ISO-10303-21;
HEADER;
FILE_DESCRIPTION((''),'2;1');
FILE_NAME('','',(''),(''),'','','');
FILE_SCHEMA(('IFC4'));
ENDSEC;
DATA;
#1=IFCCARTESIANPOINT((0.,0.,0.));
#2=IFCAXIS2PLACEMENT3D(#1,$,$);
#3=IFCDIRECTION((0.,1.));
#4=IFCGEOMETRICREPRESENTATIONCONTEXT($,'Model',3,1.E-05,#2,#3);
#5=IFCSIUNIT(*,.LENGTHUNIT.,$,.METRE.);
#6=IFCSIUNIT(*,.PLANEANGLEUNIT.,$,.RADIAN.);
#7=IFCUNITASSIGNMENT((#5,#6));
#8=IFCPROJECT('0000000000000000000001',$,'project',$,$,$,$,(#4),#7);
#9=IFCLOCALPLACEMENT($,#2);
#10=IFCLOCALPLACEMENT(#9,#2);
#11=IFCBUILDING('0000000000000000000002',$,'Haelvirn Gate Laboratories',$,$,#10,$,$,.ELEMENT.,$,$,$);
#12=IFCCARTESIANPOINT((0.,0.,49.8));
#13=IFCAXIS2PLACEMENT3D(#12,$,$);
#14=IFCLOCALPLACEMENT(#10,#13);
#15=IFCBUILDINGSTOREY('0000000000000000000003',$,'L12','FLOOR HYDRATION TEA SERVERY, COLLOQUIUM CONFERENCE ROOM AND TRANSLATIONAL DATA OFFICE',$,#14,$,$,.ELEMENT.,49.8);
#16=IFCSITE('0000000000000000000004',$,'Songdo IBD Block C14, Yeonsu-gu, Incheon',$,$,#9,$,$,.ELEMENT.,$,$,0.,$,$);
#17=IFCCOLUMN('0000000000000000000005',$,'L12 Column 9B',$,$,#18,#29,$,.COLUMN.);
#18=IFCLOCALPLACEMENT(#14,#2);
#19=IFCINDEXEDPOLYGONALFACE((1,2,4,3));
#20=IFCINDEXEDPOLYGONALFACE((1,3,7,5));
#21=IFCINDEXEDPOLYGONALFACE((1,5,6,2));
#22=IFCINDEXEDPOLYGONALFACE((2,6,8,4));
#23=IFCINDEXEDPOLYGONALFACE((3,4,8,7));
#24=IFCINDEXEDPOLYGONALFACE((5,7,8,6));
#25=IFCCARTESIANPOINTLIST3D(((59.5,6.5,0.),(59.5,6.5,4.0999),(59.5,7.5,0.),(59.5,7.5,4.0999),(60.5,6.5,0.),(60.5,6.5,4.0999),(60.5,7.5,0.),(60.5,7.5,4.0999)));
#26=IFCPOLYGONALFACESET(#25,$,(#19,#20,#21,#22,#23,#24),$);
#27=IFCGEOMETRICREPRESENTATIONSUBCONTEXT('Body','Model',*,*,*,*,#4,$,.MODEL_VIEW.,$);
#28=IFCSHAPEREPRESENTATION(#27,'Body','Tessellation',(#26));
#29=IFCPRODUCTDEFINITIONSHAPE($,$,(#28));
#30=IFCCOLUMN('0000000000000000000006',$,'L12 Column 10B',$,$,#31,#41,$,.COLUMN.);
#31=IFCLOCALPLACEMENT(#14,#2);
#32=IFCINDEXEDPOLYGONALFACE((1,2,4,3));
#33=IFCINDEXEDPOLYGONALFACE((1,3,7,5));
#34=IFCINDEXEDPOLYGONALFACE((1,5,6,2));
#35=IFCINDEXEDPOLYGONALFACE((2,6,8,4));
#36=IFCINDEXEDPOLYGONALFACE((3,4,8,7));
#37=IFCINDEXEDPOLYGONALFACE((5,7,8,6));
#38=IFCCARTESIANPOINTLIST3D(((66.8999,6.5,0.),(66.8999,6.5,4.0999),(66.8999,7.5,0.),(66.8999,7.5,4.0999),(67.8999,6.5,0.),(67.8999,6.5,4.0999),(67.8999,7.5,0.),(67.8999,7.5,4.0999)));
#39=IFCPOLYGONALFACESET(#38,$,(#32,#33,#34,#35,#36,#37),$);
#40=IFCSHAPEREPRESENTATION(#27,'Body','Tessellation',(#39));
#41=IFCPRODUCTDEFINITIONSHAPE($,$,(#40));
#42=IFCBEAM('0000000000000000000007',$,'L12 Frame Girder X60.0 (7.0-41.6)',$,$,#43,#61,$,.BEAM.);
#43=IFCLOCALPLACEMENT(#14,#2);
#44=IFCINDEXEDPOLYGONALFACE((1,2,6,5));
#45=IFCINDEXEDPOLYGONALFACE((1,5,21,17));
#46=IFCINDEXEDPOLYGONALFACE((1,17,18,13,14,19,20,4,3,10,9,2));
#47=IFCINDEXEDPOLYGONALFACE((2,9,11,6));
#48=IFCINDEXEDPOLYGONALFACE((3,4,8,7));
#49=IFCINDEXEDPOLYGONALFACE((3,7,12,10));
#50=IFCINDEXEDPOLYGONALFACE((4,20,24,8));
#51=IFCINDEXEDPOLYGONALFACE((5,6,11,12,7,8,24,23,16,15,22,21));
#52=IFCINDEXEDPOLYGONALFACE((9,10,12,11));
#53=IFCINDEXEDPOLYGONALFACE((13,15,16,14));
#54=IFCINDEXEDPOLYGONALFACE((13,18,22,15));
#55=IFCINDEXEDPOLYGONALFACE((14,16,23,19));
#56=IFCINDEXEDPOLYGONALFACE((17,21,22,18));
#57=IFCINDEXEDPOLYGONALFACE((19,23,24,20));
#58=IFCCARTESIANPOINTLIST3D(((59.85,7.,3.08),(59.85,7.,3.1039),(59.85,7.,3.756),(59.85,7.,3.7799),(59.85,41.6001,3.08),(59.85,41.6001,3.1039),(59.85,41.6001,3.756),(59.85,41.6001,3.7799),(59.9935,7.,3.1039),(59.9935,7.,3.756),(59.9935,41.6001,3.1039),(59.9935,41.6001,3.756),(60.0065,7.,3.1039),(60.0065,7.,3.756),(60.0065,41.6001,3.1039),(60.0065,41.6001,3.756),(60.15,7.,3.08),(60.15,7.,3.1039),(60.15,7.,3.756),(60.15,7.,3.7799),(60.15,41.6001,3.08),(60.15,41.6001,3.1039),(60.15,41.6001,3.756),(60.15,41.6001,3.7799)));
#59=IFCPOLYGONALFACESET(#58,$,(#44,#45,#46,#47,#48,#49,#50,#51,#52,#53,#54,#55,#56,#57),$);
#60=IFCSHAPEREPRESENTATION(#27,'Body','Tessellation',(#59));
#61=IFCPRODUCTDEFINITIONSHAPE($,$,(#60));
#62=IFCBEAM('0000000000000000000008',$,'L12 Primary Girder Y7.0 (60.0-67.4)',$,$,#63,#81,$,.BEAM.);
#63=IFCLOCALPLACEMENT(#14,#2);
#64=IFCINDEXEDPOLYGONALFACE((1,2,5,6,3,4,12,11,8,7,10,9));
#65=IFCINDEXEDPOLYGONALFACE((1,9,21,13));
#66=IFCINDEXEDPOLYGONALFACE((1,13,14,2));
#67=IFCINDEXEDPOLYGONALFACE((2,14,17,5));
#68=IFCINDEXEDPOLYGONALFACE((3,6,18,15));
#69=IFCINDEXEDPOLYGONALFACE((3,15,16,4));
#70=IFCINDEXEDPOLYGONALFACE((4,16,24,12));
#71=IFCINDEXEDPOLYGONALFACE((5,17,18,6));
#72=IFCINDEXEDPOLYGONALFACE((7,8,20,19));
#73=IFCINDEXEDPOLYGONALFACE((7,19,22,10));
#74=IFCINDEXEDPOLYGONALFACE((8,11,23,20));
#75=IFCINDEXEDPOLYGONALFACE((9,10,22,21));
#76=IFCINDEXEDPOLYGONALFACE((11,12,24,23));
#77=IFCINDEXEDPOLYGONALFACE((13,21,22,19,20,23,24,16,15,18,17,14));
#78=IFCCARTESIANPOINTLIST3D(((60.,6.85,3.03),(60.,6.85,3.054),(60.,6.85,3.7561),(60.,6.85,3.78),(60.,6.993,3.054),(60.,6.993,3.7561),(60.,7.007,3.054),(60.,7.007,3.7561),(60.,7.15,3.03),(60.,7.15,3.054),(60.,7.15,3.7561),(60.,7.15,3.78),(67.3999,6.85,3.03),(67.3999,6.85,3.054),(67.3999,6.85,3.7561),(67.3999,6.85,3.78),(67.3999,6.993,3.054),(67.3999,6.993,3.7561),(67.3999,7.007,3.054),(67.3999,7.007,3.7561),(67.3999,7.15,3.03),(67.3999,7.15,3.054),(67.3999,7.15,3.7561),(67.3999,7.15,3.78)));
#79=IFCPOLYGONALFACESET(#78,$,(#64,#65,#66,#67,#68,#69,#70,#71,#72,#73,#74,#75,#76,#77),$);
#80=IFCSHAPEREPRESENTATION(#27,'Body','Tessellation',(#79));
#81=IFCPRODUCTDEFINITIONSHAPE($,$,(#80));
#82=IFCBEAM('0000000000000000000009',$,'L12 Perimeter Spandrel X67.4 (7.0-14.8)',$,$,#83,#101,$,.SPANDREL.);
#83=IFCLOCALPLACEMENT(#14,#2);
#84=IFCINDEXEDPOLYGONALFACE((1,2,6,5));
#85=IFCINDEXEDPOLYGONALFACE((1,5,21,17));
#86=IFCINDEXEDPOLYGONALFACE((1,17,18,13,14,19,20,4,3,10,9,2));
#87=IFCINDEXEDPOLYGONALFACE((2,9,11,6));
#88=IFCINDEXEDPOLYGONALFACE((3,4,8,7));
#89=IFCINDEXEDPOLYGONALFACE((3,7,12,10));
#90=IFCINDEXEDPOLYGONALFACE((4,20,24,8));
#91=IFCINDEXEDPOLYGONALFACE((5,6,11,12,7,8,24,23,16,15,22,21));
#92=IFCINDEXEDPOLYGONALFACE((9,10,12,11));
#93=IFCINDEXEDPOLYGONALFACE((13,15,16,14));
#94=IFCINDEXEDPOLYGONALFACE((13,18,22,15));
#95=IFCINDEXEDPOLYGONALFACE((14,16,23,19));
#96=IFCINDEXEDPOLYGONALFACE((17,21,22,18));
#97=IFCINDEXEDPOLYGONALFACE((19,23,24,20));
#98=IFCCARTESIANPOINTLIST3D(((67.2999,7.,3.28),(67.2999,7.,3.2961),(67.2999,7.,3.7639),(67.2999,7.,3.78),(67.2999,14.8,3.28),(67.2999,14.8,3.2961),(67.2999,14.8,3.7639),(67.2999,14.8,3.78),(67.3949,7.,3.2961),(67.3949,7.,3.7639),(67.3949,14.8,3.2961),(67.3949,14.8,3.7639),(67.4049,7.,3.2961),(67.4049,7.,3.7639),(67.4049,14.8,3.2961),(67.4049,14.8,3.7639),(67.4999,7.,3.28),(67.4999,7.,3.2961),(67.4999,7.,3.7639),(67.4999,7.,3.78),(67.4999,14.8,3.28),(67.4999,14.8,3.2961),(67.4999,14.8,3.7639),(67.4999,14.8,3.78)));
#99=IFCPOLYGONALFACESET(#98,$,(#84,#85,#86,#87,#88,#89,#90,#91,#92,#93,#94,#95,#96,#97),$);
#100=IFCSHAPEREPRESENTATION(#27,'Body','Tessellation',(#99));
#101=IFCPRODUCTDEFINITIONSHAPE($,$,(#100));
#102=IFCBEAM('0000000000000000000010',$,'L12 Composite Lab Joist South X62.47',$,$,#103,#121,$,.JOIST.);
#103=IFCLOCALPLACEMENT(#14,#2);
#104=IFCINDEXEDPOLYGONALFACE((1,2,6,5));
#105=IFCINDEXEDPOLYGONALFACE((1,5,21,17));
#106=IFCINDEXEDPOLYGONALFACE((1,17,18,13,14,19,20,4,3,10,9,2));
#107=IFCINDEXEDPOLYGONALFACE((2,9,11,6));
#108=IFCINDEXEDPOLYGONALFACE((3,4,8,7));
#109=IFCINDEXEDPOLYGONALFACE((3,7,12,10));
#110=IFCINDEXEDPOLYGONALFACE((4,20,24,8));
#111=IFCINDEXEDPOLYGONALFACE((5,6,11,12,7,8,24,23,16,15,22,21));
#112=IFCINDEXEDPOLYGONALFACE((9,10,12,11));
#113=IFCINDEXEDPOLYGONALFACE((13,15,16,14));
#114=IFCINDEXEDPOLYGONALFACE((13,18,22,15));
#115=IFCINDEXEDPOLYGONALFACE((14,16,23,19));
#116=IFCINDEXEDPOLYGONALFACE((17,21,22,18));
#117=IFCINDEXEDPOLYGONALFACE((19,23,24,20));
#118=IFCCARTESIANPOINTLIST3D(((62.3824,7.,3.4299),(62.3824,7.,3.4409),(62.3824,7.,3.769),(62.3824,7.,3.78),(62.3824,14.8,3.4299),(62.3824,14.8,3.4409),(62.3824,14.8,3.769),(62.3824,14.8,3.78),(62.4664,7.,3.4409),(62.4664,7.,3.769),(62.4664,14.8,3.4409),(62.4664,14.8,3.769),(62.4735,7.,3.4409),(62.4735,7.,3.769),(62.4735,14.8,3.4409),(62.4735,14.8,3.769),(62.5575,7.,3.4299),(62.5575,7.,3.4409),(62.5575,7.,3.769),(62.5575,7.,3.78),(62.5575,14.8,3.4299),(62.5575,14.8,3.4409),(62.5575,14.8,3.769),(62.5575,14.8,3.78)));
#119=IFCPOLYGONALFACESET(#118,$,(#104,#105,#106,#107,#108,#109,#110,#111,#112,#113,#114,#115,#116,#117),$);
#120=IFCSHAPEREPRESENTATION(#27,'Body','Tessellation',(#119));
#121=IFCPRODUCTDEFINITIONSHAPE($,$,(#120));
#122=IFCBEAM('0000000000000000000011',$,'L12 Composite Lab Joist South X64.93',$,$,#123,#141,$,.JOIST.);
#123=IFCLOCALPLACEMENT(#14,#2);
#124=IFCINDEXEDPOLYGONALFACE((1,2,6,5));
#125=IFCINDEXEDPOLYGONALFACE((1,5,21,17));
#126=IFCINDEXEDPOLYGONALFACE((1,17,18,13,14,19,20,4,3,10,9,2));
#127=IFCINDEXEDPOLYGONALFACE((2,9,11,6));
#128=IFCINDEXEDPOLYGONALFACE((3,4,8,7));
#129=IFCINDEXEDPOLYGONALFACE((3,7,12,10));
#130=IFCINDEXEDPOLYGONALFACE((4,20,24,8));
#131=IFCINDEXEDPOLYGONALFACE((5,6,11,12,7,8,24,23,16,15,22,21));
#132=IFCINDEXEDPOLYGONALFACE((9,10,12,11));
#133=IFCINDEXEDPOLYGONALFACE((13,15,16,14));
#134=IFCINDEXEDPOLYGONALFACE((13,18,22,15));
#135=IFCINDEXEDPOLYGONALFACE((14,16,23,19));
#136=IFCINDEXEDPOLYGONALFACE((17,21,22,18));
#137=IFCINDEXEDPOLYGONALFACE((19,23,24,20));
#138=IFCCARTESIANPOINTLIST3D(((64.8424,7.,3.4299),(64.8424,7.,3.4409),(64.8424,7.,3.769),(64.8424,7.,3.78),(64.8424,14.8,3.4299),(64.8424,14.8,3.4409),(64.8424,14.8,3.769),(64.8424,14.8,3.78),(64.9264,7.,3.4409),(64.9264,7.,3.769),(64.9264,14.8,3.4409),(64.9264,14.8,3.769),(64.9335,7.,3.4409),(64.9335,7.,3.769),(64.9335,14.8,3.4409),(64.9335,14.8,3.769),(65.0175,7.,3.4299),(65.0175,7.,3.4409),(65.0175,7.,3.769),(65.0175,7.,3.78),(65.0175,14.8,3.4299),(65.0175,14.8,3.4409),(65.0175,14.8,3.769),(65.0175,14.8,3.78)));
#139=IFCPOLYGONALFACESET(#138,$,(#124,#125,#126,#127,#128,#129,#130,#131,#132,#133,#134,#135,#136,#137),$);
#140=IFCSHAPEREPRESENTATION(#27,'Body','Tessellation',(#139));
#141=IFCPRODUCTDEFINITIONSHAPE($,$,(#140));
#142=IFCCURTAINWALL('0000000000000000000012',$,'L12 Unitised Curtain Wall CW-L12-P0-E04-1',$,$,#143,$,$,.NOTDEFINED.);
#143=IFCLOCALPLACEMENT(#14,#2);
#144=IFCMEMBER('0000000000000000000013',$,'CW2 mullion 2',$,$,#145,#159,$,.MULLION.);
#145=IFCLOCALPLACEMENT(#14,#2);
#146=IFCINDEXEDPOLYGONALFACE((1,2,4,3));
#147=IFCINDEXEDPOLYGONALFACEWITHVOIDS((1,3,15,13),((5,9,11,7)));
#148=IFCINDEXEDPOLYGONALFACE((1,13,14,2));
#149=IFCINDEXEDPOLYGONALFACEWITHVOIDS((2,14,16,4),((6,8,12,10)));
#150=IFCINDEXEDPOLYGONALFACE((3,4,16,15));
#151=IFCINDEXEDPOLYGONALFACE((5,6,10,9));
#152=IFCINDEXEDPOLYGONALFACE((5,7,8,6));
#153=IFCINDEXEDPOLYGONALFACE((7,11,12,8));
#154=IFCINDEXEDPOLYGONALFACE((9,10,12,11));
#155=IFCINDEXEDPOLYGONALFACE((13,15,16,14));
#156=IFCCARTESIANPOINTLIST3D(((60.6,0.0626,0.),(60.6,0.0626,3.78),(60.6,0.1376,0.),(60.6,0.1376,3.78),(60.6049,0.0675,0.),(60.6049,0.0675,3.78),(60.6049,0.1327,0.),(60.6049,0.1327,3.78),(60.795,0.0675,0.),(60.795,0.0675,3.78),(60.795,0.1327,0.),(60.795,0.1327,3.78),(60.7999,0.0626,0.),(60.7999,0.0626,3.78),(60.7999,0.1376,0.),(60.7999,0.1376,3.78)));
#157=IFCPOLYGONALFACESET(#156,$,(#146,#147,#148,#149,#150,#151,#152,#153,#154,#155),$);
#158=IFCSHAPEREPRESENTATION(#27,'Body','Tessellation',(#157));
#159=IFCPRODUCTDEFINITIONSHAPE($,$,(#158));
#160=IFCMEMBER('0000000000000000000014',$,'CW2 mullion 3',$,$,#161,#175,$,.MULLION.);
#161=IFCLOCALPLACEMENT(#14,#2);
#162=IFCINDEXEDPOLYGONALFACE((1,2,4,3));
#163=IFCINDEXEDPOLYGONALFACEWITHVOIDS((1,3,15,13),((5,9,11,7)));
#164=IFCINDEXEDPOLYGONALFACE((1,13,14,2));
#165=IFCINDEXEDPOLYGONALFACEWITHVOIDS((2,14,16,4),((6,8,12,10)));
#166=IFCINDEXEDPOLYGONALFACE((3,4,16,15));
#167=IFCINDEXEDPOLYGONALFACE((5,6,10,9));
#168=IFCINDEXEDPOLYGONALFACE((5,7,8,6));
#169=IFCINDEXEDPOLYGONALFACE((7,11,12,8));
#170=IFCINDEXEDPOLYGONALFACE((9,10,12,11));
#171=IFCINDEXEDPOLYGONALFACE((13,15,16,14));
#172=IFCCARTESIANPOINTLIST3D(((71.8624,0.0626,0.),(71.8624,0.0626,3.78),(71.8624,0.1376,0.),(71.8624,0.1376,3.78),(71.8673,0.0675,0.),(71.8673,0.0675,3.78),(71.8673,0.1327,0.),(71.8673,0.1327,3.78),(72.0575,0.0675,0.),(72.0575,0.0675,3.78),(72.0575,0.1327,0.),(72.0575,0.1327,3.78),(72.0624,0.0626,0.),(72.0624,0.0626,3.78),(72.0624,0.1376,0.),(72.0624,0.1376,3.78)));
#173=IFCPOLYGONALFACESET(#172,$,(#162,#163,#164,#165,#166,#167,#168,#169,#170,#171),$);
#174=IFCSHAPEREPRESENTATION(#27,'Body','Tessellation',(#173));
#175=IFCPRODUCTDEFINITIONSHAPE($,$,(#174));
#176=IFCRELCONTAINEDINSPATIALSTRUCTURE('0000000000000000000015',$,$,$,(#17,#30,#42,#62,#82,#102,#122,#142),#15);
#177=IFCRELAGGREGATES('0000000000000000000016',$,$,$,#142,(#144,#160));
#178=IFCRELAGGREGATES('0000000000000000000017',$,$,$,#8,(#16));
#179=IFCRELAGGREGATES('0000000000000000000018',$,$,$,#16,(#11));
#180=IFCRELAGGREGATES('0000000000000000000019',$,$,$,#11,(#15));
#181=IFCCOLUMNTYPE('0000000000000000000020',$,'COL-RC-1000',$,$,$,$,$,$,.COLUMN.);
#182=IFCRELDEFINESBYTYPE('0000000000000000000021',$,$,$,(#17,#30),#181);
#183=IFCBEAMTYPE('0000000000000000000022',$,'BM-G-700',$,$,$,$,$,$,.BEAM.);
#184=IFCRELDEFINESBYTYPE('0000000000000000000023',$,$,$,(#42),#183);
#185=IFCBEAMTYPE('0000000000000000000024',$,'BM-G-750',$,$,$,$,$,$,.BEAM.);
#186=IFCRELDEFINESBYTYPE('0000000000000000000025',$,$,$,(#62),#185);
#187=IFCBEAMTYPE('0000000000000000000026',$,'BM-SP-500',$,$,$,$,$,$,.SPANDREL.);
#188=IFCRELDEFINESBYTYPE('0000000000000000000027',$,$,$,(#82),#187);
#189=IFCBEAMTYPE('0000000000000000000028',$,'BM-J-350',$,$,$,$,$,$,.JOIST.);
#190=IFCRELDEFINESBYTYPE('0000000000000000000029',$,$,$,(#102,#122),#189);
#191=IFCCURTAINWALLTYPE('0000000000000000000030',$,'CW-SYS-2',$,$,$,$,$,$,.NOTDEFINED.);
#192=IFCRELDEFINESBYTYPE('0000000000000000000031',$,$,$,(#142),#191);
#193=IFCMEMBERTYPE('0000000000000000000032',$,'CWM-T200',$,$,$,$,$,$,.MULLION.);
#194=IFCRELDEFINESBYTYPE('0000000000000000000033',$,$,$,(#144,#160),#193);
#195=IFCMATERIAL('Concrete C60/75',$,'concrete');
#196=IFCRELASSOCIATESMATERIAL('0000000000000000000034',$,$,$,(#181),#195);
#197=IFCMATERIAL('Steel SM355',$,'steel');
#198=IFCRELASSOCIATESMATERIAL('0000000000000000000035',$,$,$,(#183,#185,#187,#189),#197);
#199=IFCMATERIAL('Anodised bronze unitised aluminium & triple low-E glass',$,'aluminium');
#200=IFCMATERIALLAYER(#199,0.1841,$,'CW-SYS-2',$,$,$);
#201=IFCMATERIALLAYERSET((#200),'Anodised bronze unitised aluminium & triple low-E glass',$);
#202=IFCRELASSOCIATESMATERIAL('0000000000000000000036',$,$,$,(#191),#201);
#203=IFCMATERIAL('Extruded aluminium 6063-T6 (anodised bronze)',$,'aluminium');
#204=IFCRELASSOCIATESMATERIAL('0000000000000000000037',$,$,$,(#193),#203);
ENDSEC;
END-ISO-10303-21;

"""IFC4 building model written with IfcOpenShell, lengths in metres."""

from ifc_helpers import new_model, si_unit, direction, frame, origin, origin_2d, place, context, subcontext, project, spatial, rectangle, hollow_rectangle, i_section, extrude, source, transform, mapped, material, layer, layer_set, material_profile, profile_set, type_object, type_shapes, element, aggregate, save


model = new_model("IFC4")

# Units and contexts
model_context = context("Model", 3, precision=1e-05, world=origin(), true_north=direction((0.0, 1.0)))
body_context = subcontext(model_context, "Body", "Model", "MODEL_VIEW")
ifc_project = project(units=[si_unit("LENGTHUNIT", "METRE"), si_unit("PLANEANGLEUNIT", "RADIAN")], contexts=[model_context])

# Site, building, storey
site_placement = place(None, origin())
site = spatial("IfcSite", under=ifc_project, at=site_placement, Name="Songdo IBD Block C14, Yeonsu-gu, Incheon", CompositionType="ELEMENT", RefElevation=0.0)
building_placement = place(site_placement, origin())
building = spatial("IfcBuilding", under=site, at=building_placement, Name="Haelvirn Gate Laboratories", CompositionType="ELEMENT")
storey_placement = place(building_placement, frame((0.0, 0.0, 49.8)))
storey = spatial("IfcBuildingStorey", under=building, at=storey_placement, Name="L12", Description="FLOOR HYDRATION TEA SERVERY, COLLOQUIUM CONFERENCE ROOM AND TRANSLATIONAL DATA OFFICE", CompositionType="ELEMENT", Elevation=49.8)

# Columns
ifc_material_1 = material(Name="Concrete C60/75", Category="concrete")
ifc_material_profile_1 = material_profile(ifc_material_1, rectangle(XDim=1.0, YDim=1.0, at=origin_2d()), Name="RC-1000x1000")
ifc_profile_set_1 = profile_set([ifc_material_profile_1], Name="Concrete C60/75")
column_type = type_object("IfcColumnType", Name="COL-RC-1000", PredefinedType="COLUMN", material=ifc_profile_set_1)
shared_shape_1 = source(origin(), body_context, "Body", "SweptSolid", [
    extrude(rectangle(XDim=1.0, YDim=1.0, at=origin_2d()), origin(), (0.0, 0.0, 1.0), 4.0999),
])
type_shapes(column_type, [shared_shape_1])
for number, where, z_axis, x_axis, name in (
    (1, (60.0, 7.0, 0.0), (0.0, 0.0, 1.0), (1.0, 0.0, 0.0), "L12 Column 9B"),
    (2, (67.3999, 7.0, 0.0), (0.0, 0.0, 1.0), (1.0, 0.0, 0.0), "L12 Column 10B"),
):
    element("IfcColumn", number, at=place(storey_placement, frame(where, z_axis=z_axis, x_axis=x_axis)), inside=storey, type_object=column_type, Name=name, PredefinedType="COLUMN", context=body_context, shape_type="MappedRepresentation", body=[
        mapped(shared_shape_1, transform((0.0, 0.0, 0.0), scale=1.0)),
    ])

# Beams
ifc_material_2 = material(Name="Steel SM355", Category="steel")
ifc_material_profile_2 = material_profile(ifc_material_2, i_section(OverallWidth=0.3, OverallDepth=0.7, WebThickness=0.0129, FlangeThickness=0.0239, at=origin_2d()), Name="H-700x300x13x24")
ifc_profile_set_2 = profile_set([ifc_material_profile_2], Name="Steel SM355")
beam_type_1 = type_object("IfcBeamType", Name="BM-G-700", PredefinedType="BEAM", material=ifc_profile_set_2)
shared_shape_2 = source(origin(), body_context, "Body", "SweptSolid", [
    extrude(i_section(OverallWidth=0.3, OverallDepth=0.7, WebThickness=0.0129, FlangeThickness=0.0239, at=origin_2d()), origin(), (0.0, 0.0, 1.0), 34.6001),
])
type_shapes(beam_type_1, [shared_shape_2])
beam_1_placement = place(storey_placement, frame((60.0, 7.0, 3.4299), z_axis=(0.0, 1.0, 0.0), x_axis=(-1.0, 0.0, 0.0)))
element("IfcBeam", 3, at=beam_1_placement, inside=storey, type_object=beam_type_1, Name="L12 Frame Girder X60.0 (7.0-41.6)", PredefinedType="BEAM", context=body_context, shape_type="MappedRepresentation", body=[
    mapped(shared_shape_2, transform((0.0, 0.0, 0.0), scale=1.0)),
])
ifc_material_profile_3 = material_profile(ifc_material_2, i_section(OverallWidth=0.3, OverallDepth=0.75, WebThickness=0.0139, FlangeThickness=0.0239, at=origin_2d()), Name="H-750x300x14x24")
ifc_profile_set_3 = profile_set([ifc_material_profile_3], Name="Steel SM355")
beam_type_2 = type_object("IfcBeamType", Name="BM-G-750", PredefinedType="BEAM", material=ifc_profile_set_3)
shared_shape_3 = source(origin(), body_context, "Body", "SweptSolid", [
    extrude(i_section(OverallWidth=0.3, OverallDepth=0.75, WebThickness=0.0139, FlangeThickness=0.0239, at=origin_2d()), origin(), (0.0, 0.0, 1.0), 7.3999),
])
type_shapes(beam_type_2, [shared_shape_3])
beam_2_placement = place(storey_placement, frame((60.0, 7.0, 3.405), z_axis=(1.0, 0.0, 0.0), x_axis=(0.0, 1.0, 0.0)))
element("IfcBeam", 4, at=beam_2_placement, inside=storey, type_object=beam_type_2, Name="L12 Primary Girder Y7.0 (60.0-67.4)", PredefinedType="BEAM", context=body_context, shape_type="MappedRepresentation", body=[
    mapped(shared_shape_3, transform((0.0, 0.0, 0.0), scale=1.0)),
])
ifc_material_profile_4 = material_profile(ifc_material_2, i_section(OverallWidth=0.2, OverallDepth=0.5, WebThickness=0.01, FlangeThickness=0.0161, at=origin_2d()), Name="H-500x200x10x16")
ifc_profile_set_4 = profile_set([ifc_material_profile_4], Name="Steel SM355")
beam_type_3 = type_object("IfcBeamType", Name="BM-SP-500", PredefinedType="SPANDREL", material=ifc_profile_set_4)
shared_shape_4 = source(origin(), body_context, "Body", "SweptSolid", [
    extrude(i_section(OverallWidth=0.2, OverallDepth=0.5, WebThickness=0.01, FlangeThickness=0.0161, at=origin_2d()), origin(), (0.0, 0.0, 1.0), 7.8),
])
type_shapes(beam_type_3, [shared_shape_4])
beam_3_placement = place(storey_placement, frame((67.3999, 7.0, 3.53), z_axis=(0.0, 1.0, 0.0), x_axis=(-1.0, 0.0, 0.0)))
element("IfcBeam", 5, at=beam_3_placement, inside=storey, type_object=beam_type_3, Name="L12 Perimeter Spandrel X67.4 (7.0-14.8)", PredefinedType="SPANDREL", context=body_context, shape_type="MappedRepresentation", body=[
    mapped(shared_shape_4, transform((0.0, 0.0, 0.0), scale=1.0)),
])
ifc_material_profile_5 = material_profile(ifc_material_2, i_section(OverallWidth=0.175, OverallDepth=0.3501, WebThickness=0.0071, FlangeThickness=0.011, at=origin_2d()), Name="H-350x175x7x11")
ifc_profile_set_5 = profile_set([ifc_material_profile_5], Name="Steel SM355")
beam_type_4 = type_object("IfcBeamType", Name="BM-J-350", PredefinedType="JOIST", material=ifc_profile_set_5)
shared_shape_5 = source(origin(), body_context, "Body", "SweptSolid", [
    extrude(i_section(OverallWidth=0.175, OverallDepth=0.3501, WebThickness=0.0071, FlangeThickness=0.011, at=origin_2d()), origin(), (0.0, 0.0, 1.0), 7.8),
])
type_shapes(beam_type_4, [shared_shape_5])
for number, where, z_axis, x_axis, name in (
    (6, (62.47, 7.0, 3.605), (0.0, 1.0, 0.0), (-1.0, 0.0, 0.0), "L12 Composite Lab Joist South X62.47"),
    (7, (64.9299, 7.0, 3.605), (0.0, 1.0, 0.0), (-1.0, 0.0, 0.0), "L12 Composite Lab Joist South X64.93"),
):
    element("IfcBeam", number, at=place(storey_placement, frame(where, z_axis=z_axis, x_axis=x_axis)), inside=storey, type_object=beam_type_4, Name=name, PredefinedType="JOIST", context=body_context, shape_type="MappedRepresentation", body=[
        mapped(shared_shape_5, transform((0.0, 0.0, 0.0), scale=1.0)),
    ])

# Curtain wall, members
ifc_material_3 = material(Name="Anodised bronze unitised aluminium & triple low-E glass", Category="aluminium")
ifc_layer_1 = layer(ifc_material_3, 0.1841, Name="CW-SYS-2")
ifc_layer_set_1 = layer_set([ifc_layer_1], Name="Anodised bronze unitised aluminium & triple low-E glass")
curtain_wall_type_1 = type_object("IfcCurtainWallType", Name="CW-SYS-2", PredefinedType="NOTDEFINED", material=ifc_layer_set_1)
curtain_wall_1_placement = place(storey_placement, origin())
curtain_wall_1 = element("IfcCurtainWall", 8, at=curtain_wall_1_placement, inside=storey, type_object=curtain_wall_type_1, Name="L12 Unitised Curtain Wall CW-L12-P0-E04-1", PredefinedType="NOTDEFINED")
ifc_material_4 = material(Name="Extruded aluminium 6063-T6 (anodised bronze)", Category="aluminium")
ifc_material_profile_6 = material_profile(ifc_material_4, hollow_rectangle(XDim=0.075, YDim=0.2, WallThickness=0.0049, at=origin_2d()), Name="CWM-200x75x5")
ifc_profile_set_6 = profile_set([ifc_material_profile_6], Name="Extruded aluminium 6063-T6 (anodised bronze)")
member_type_1 = type_object("IfcMemberType", Name="CWM-T200", PredefinedType="MULLION", material=ifc_profile_set_6)
shared_shape_6 = source(origin(), body_context, "Body", "SweptSolid", [
    extrude(hollow_rectangle(XDim=0.075, YDim=0.2, WallThickness=0.0049, at=origin_2d()), origin(), (0.0, 0.0, 1.0), 3.78),
])
type_shapes(member_type_1, [shared_shape_6])
member_1_placement = place(storey_placement, frame((60.7, 0.1001, 0.0), z_axis=(0.0, 0.0, 1.0), x_axis=(0.0, 1.0, 0.0)))
member_1 = element("IfcMember", 9, at=member_1_placement, type_object=member_type_1, Name="CW2 mullion 2", PredefinedType="MULLION", context=body_context, shape_type="MappedRepresentation", body=[
    mapped(shared_shape_6, transform((0.0, 0.0, 0.0), scale=1.0)),
])
member_2_placement = place(storey_placement, frame((71.9624, 0.1001, 0.0), z_axis=(0.0, 0.0, 1.0), x_axis=(0.0, 1.0, 0.0)))
member_2 = element("IfcMember", 10, at=member_2_placement, type_object=member_type_1, Name="CW2 mullion 3", PredefinedType="MULLION", context=body_context, shape_type="MappedRepresentation", body=[
    mapped(shared_shape_6, transform((0.0, 0.0, 0.0), scale=1.0)),
])

aggregate(curtain_wall_1, [member_1, member_2])

save(model, "model.ifc")
